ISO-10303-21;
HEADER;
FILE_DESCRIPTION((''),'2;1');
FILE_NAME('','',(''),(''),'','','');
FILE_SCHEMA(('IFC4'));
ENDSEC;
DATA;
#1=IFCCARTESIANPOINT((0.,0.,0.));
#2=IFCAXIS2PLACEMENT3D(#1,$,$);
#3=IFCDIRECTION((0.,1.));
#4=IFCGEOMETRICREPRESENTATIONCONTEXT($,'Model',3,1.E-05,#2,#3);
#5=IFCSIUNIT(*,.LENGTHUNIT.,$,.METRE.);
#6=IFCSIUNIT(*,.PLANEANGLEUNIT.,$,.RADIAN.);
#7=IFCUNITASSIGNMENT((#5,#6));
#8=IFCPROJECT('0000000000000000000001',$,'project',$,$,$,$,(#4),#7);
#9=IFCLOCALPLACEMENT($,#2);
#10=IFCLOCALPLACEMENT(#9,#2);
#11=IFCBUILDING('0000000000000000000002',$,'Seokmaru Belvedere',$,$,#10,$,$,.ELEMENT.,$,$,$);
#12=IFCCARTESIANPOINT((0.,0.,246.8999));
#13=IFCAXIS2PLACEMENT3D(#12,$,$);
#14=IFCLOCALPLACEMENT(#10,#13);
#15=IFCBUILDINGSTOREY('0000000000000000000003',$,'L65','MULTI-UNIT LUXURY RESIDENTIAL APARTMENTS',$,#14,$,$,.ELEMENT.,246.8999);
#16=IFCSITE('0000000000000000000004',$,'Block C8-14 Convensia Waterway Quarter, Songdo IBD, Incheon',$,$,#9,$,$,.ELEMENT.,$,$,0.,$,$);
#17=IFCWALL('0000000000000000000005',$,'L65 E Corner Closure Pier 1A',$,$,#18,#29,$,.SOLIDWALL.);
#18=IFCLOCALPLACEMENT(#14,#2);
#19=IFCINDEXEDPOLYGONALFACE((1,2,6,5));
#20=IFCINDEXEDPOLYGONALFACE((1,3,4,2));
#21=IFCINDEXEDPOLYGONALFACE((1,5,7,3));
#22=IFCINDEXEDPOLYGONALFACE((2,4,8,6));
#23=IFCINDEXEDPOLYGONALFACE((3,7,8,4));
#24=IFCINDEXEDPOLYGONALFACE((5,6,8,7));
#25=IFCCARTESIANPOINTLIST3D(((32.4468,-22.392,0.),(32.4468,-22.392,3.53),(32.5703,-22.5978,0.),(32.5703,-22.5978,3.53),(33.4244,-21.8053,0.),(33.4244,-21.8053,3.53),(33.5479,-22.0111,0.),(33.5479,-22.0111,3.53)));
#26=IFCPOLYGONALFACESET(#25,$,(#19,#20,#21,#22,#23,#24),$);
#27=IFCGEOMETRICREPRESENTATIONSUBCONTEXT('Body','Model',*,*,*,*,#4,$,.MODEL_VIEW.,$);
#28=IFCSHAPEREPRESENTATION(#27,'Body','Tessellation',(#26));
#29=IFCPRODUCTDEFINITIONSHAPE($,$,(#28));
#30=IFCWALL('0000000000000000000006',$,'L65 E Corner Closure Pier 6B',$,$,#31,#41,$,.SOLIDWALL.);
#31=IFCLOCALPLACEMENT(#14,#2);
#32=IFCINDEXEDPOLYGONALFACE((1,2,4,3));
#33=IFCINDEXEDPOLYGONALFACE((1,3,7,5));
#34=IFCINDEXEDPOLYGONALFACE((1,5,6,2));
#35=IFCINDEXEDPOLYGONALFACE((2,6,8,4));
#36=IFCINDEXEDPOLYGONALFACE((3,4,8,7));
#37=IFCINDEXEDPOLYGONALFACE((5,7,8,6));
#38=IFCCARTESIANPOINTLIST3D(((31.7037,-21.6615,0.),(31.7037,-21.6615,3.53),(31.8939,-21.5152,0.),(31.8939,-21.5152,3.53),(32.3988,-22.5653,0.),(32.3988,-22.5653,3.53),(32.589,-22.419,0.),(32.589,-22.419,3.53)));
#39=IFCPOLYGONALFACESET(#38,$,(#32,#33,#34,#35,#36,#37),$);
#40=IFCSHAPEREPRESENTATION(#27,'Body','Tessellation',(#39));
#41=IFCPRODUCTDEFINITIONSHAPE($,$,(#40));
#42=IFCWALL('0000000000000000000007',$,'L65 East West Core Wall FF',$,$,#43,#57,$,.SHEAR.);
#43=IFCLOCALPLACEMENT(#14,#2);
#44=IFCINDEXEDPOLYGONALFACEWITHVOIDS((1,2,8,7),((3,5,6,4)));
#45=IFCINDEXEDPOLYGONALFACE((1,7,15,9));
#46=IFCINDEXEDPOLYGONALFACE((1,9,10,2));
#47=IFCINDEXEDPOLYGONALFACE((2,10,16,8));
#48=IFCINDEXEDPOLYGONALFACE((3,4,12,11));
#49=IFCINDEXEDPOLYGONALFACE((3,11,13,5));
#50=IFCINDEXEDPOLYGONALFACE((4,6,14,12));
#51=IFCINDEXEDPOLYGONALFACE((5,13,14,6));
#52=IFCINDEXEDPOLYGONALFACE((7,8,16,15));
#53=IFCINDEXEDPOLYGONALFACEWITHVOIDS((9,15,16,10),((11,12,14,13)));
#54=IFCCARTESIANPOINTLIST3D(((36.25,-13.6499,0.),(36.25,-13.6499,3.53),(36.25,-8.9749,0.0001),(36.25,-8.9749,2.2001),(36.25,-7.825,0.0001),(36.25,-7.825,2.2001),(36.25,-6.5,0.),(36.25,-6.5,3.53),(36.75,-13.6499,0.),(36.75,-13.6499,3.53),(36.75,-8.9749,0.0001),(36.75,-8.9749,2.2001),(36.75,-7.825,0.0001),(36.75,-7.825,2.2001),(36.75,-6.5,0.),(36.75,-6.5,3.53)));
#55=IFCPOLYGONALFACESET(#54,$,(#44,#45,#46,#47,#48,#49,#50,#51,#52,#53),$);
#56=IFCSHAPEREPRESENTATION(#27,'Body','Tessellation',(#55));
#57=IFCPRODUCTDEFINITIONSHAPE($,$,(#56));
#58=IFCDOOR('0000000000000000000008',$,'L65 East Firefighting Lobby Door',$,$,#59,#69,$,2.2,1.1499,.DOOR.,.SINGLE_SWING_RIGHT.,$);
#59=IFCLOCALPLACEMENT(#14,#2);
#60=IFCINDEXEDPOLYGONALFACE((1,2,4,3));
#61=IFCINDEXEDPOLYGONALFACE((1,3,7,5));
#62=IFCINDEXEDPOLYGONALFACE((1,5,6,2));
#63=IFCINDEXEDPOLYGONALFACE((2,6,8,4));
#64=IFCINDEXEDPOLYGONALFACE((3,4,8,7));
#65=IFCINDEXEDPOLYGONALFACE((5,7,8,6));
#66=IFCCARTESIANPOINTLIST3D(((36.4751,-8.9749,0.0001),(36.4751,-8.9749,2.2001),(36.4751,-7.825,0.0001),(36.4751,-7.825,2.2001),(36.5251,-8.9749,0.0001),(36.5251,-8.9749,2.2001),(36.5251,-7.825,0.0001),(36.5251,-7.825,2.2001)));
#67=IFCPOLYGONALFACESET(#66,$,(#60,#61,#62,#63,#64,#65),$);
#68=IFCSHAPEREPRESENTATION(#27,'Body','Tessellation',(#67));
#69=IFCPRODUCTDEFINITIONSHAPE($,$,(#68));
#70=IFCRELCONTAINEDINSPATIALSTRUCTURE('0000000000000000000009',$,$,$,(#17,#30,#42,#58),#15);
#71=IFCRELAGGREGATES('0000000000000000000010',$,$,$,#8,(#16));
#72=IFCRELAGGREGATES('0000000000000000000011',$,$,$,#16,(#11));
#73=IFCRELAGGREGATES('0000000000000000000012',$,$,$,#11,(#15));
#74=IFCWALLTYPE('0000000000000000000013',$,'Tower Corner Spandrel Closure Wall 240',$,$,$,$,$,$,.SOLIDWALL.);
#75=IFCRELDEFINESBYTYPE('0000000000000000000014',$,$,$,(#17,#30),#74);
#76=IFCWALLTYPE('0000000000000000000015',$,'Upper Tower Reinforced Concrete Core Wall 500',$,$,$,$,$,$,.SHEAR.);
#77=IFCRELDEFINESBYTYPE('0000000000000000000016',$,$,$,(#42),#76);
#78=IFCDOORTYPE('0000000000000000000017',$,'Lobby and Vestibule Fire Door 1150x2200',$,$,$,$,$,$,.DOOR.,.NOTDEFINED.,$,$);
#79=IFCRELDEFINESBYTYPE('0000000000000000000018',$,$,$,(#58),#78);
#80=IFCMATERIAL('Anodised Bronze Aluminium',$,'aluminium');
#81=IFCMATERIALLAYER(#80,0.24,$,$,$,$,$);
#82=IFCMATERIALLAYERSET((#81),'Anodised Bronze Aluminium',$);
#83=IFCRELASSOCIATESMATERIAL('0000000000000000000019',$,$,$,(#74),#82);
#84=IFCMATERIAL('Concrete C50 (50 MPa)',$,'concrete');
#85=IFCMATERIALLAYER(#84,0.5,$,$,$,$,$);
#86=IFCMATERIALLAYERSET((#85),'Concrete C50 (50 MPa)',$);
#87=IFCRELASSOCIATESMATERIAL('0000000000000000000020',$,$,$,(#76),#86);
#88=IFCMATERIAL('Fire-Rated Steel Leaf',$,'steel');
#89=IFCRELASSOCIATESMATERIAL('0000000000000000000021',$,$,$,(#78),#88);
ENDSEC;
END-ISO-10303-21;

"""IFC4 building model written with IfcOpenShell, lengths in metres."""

from ifc_helpers import new_model, si_unit, direction, frame, frame_2d, origin, place, context, subcontext, project, spatial, rectangle, extrude, source, transform, mapped, material, layer, layer_set, type_object, type_shapes, element, fill, save


model = new_model("IFC4")

# Units and contexts
model_context = context("Model", 3, precision=1e-05, world=origin(), true_north=direction((0.0, 1.0)))
body_context = subcontext(model_context, "Body", "Model", "MODEL_VIEW")
ifc_project = project(units=[si_unit("LENGTHUNIT", "METRE"), si_unit("PLANEANGLEUNIT", "RADIAN")], contexts=[model_context])

# Site, building, storey
site_placement = place(None, origin())
site = spatial("IfcSite", under=ifc_project, at=site_placement, Name="Block C8-14 Convensia Waterway Quarter, Songdo IBD, Incheon", CompositionType="ELEMENT", RefElevation=0.0)
building_placement = place(site_placement, origin())
building = spatial("IfcBuilding", under=site, at=building_placement, Name="Seokmaru Belvedere", CompositionType="ELEMENT")
storey_placement = place(building_placement, frame((0.0, 0.0, 246.8999)))
storey = spatial("IfcBuildingStorey", under=building, at=storey_placement, Name="L65", Description="MULTI-UNIT LUXURY RESIDENTIAL APARTMENTS", CompositionType="ELEMENT", Elevation=246.8999)

# Shared definitions
ifc_material_1 = material(Name="Anodised Bronze Aluminium", Category="aluminium")

# Shared definitions
ifc_material_2 = material(Name="Fire-Rated Steel Leaf", Category="steel")

# Walls
ifc_layer_1 = layer(ifc_material_1, 0.24)
ifc_layer_set_1 = layer_set([ifc_layer_1], Name="Anodised Bronze Aluminium")
wall_type_1 = type_object("IfcWallType", Name="Tower Corner Spandrel Closure Wall 240", PredefinedType="SOLIDWALL", material=ifc_layer_set_1)
for number, where, z_axis, x_axis, name in (
    (1, (32.5085, -22.4949, 0.0), (0.0, 0.0, 1.0), (0.857436, 0.51459, 0.0), "L65 E Corner Closure Pier 1A"),
    (2, (31.7988, -21.5884, 0.0), (0.0, 0.0, 1.0), (0.609618, -0.792696, 0.0), "L65 E Corner Closure Pier 6B"),
):
    element("IfcWall", number, at=place(storey_placement, frame(where, z_axis=z_axis, x_axis=x_axis)), inside=storey, type_object=wall_type_1, Name=name, PredefinedType="SOLIDWALL", context=body_context, shape_type="SweptSolid", body=[
        extrude(rectangle(XDim=1.1401, YDim=0.24, at=frame_2d((0.5701, 0.0))), origin(), (0.0, 0.0, 1.0), 3.53),
    ])

# Wall, opening, door
ifc_material_3 = material(Name="Concrete C50 (50 MPa)", Category="concrete")
ifc_layer_2 = layer(ifc_material_3, 0.5)
ifc_layer_set_2 = layer_set([ifc_layer_2], Name="Concrete C50 (50 MPa)")
wall_type_2 = type_object("IfcWallType", Name="Upper Tower Reinforced Concrete Core Wall 500", PredefinedType="SHEAR", material=ifc_layer_set_2)
wall_1_placement = place(storey_placement, frame((36.5, -13.6499, 0.0), z_axis=(0.0, 0.0, 1.0), x_axis=(0.0, 1.0, 0.0)))
wall_1 = element("IfcWall", 3, at=wall_1_placement, inside=storey, type_object=wall_type_2, Name="L65 East West Core Wall FF", PredefinedType="SHEAR", context=body_context, shape_type="SweptSolid", body=[
    extrude(rectangle(XDim=7.1499, YDim=0.5, at=frame_2d((3.575, 0.0))), origin(), (0.0, 0.0, 1.0), 3.53),
])
opening_1_placement = place(wall_1_placement, frame((4.675, 0.0, 0.0)))
opening_1 = element("IfcOpeningElement", 4, at=opening_1_placement, cuts=wall_1, PredefinedType="OPENING", context=body_context, shape_type="SweptSolid", body=[
    extrude(rectangle(XDim=1.1499, YDim=2.2, at=frame_2d((0.575, 1.1001))), frame((0.0, 0.26, 0.0), z_axis=(0.0, -1.0, 0.0), x_axis=(1.0, 0.0, 0.0)), (0.0, 0.0, 1.0), 0.52),
])
door_type_1 = type_object("IfcDoorType", Name="Lobby and Vestibule Fire Door 1150x2200", OperationType="NOTDEFINED", PredefinedType="DOOR", material=ifc_material_2)
shared_shape_1 = source(origin(), body_context, "Body", "SweptSolid", [
    extrude(rectangle(XDim=1.1499, YDim=2.2, at=frame_2d((0.575, 1.1001))), frame((0.0, 0.0249, 0.0), z_axis=(0.0, -1.0, 0.0), x_axis=(1.0, 0.0, 0.0)), (0.0, 0.0, 1.0), 0.05),
])
type_shapes(door_type_1, [shared_shape_1])
door_1_placement = place(opening_1_placement, origin())
door_1 = element("IfcDoor", 5, at=door_1_placement, inside=storey, type_object=door_type_1, Name="L65 East Firefighting Lobby Door", OperationType="SINGLE_SWING_RIGHT", OverallHeight=2.2, OverallWidth=1.1499, PredefinedType="DOOR", context=body_context, shape_type="MappedRepresentation", body=[
    mapped(shared_shape_1, transform((0.0, 0.0, 0.0), scale=1.0)),
])
fill(opening_1, door_1)

save(model, "model.ifc")
